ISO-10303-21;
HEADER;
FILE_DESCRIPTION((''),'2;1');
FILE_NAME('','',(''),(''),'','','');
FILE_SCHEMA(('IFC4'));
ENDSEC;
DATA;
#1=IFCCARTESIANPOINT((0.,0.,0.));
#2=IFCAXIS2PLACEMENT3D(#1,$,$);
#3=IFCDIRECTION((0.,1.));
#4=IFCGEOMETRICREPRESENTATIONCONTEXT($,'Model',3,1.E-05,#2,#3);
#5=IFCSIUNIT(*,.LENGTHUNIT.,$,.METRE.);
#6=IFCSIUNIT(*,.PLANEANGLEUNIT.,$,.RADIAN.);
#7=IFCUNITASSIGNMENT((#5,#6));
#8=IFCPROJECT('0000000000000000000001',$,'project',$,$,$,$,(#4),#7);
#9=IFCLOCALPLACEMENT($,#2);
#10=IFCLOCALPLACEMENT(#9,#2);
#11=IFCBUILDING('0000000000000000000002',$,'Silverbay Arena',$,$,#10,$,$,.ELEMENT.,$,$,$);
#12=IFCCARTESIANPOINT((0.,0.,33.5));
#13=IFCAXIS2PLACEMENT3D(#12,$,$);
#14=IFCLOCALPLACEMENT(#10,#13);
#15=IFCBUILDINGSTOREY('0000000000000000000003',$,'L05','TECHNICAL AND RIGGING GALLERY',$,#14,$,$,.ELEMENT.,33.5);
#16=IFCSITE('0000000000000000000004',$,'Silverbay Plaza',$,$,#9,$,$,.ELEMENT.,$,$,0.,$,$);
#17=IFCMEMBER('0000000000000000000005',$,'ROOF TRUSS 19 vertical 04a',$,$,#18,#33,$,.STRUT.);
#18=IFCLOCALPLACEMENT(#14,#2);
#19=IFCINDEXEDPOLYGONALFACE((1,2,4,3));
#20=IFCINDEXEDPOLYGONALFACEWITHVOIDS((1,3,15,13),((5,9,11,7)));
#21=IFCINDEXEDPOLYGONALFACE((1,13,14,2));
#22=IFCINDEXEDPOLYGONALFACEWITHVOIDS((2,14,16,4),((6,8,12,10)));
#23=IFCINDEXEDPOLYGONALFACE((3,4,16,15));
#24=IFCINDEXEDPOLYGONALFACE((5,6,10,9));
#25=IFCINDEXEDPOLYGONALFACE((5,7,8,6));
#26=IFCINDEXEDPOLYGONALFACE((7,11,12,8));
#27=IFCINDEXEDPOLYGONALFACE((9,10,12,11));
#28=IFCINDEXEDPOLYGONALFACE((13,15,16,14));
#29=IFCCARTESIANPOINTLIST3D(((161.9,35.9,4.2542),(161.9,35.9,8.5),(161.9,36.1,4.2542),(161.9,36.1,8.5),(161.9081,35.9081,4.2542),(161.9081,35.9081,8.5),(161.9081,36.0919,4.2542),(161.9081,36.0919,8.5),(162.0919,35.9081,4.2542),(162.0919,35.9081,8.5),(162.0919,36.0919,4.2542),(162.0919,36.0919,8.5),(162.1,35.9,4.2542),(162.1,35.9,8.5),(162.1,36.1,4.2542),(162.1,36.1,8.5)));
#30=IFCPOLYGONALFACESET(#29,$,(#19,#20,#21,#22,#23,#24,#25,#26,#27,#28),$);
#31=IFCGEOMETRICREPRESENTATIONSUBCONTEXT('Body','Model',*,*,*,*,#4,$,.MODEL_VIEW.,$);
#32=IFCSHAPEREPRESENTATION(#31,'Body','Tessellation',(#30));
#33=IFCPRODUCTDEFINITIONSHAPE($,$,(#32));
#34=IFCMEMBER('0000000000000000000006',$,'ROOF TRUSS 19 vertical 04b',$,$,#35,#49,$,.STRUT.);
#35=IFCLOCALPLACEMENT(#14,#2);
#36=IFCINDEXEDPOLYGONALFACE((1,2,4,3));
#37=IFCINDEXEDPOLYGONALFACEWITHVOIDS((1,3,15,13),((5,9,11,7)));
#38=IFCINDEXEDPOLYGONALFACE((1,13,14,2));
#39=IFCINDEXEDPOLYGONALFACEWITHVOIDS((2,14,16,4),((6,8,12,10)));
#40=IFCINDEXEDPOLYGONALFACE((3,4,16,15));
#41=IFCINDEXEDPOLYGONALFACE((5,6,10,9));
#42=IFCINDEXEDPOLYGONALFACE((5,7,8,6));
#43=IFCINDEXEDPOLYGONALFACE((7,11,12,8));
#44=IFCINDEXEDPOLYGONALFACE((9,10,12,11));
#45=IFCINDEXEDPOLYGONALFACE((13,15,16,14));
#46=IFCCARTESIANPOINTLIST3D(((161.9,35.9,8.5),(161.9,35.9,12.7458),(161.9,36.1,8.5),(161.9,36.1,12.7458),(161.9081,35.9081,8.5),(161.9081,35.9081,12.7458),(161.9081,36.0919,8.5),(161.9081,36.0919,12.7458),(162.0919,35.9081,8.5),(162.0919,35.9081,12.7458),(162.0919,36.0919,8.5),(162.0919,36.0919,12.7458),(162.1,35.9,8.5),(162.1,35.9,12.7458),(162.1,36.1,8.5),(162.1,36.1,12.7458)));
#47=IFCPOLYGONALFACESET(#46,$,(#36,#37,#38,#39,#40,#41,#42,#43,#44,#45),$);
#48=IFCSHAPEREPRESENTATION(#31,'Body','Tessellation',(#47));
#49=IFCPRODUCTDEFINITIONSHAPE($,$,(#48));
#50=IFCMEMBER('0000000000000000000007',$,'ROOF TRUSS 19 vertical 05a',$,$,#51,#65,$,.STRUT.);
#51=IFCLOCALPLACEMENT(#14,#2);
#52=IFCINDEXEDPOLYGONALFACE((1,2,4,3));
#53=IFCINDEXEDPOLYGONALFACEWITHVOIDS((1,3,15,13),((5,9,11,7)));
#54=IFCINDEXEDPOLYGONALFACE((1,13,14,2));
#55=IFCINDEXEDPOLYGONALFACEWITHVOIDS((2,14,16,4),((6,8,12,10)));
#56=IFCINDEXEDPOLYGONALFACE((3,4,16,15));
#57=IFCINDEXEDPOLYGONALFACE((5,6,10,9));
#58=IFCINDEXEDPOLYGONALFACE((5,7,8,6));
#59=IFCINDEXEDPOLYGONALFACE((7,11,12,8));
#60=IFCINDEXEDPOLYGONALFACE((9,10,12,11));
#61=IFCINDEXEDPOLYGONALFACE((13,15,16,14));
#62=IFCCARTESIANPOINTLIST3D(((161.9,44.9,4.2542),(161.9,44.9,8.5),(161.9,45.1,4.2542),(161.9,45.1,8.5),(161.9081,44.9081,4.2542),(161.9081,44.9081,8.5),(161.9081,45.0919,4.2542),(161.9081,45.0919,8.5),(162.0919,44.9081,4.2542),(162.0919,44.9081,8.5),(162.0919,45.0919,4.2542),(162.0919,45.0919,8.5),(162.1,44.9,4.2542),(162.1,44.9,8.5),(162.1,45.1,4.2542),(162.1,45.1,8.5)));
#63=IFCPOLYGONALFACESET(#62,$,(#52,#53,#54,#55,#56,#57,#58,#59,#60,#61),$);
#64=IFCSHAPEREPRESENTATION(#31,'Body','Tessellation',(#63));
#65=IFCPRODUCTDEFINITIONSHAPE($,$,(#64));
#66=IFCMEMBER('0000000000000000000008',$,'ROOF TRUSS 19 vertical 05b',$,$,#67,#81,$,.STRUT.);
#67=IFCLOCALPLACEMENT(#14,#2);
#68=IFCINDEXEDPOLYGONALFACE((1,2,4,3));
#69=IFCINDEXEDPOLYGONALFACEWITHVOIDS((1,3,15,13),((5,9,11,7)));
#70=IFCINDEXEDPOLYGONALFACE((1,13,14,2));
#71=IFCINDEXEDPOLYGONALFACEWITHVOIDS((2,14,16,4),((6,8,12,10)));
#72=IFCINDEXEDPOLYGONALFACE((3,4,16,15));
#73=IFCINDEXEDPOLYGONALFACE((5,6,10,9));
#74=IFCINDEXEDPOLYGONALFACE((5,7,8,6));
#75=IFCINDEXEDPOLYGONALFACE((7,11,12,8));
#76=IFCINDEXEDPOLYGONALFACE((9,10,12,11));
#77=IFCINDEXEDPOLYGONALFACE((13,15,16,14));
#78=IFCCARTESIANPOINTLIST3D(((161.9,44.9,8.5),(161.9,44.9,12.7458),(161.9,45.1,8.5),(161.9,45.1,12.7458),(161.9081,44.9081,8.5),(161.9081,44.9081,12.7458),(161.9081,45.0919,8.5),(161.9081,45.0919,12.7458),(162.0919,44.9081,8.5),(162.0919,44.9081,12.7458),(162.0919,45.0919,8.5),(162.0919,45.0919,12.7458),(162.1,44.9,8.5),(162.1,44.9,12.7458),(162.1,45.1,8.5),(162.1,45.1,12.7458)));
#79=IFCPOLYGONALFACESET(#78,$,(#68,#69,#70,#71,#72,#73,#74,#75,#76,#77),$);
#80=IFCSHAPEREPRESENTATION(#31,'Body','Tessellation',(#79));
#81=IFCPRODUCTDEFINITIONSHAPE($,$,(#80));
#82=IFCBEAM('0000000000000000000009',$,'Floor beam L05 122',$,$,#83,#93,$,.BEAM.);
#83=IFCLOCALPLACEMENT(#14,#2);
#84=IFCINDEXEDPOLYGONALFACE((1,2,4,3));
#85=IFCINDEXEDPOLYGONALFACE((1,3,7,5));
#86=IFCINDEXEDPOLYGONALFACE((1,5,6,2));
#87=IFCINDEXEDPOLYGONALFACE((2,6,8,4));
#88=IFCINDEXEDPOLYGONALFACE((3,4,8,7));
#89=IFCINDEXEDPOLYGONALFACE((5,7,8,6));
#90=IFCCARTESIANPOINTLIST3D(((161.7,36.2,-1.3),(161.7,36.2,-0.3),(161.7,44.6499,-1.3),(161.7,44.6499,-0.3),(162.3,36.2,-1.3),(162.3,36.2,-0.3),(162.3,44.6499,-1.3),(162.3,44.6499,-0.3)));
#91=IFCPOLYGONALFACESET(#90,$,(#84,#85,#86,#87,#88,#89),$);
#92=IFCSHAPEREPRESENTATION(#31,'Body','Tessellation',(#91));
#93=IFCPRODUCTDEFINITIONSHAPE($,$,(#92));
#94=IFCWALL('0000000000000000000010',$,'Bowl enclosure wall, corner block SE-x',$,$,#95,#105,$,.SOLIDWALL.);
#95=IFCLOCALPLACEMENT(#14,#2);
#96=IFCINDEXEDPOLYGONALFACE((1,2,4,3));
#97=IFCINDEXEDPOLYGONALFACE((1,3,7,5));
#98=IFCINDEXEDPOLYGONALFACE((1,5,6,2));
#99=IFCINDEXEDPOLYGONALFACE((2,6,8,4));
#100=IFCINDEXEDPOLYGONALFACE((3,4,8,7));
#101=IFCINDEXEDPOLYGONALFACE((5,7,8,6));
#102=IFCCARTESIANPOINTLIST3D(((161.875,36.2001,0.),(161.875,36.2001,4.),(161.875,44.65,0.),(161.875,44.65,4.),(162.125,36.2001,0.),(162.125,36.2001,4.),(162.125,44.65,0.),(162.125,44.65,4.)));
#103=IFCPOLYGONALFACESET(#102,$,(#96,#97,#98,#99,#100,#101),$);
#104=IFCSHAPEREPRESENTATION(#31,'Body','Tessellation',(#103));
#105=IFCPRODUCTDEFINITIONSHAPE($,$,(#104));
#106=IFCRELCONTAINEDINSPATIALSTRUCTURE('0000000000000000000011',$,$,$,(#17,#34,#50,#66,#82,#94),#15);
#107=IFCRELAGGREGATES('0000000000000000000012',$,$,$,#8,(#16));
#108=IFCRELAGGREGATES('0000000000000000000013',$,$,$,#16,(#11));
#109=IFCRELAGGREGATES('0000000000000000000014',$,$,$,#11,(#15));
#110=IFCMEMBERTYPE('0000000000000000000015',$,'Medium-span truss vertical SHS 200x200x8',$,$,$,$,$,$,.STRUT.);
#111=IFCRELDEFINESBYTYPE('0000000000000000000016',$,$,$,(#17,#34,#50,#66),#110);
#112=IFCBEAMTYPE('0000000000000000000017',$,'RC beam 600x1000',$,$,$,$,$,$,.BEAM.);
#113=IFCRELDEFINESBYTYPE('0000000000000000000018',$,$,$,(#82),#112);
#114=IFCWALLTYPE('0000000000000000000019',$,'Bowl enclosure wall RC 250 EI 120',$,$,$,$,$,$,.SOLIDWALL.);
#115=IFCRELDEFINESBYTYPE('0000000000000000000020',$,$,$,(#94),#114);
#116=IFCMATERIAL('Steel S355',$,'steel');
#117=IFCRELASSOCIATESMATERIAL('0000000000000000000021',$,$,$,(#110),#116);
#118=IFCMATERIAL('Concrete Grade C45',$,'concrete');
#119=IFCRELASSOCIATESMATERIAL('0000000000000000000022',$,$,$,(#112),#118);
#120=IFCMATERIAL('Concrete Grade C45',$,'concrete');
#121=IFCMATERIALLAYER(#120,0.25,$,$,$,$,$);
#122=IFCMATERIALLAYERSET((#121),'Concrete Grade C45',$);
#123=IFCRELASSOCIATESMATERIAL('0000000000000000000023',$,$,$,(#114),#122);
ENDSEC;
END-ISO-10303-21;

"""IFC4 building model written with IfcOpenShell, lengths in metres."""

from ifc_helpers import new_model, si_unit, direction, frame, frame_2d, origin, origin_2d, place, context, subcontext, project, spatial, rectangle, hollow_rectangle, extrude, material, layer, layer_set, material_profile, profile_set, type_object, element, save


model = new_model("IFC4")

# Units and contexts
model_context = context("Model", 3, precision=1e-05, world=origin(), true_north=direction((0.0, 1.0)))
body_context = subcontext(model_context, "Body", "Model", "MODEL_VIEW")
ifc_project = project(units=[si_unit("LENGTHUNIT", "METRE"), si_unit("PLANEANGLEUNIT", "RADIAN")], contexts=[model_context])

# Site, building, storey
site_placement = place(None, origin())
site = spatial("IfcSite", under=ifc_project, at=site_placement, Name="Silverbay Plaza", CompositionType="ELEMENT", RefElevation=0.0)
building_placement = place(site_placement, origin())
building = spatial("IfcBuilding", under=site, at=building_placement, Name="Silverbay Arena", CompositionType="ELEMENT")
storey_placement = place(building_placement, frame((0.0, 0.0, 33.5)))
storey = spatial("IfcBuildingStorey", under=building, at=storey_placement, Name="L05", Description="TECHNICAL AND RIGGING GALLERY", CompositionType="ELEMENT", Elevation=33.5)

# Members
ifc_material_1 = material(Name="Steel S355", Category="steel")
ifc_material_profile_1 = material_profile(ifc_material_1, hollow_rectangle(XDim=0.2, YDim=0.2, WallThickness=0.0081, at=origin_2d()), Name="SHS 200x200x8")
ifc_profile_set_1 = profile_set([ifc_material_profile_1], Name="Steel S355")
member_type_1 = type_object("IfcMemberType", Name="Medium-span truss vertical SHS 200x200x8", PredefinedType="STRUT", material=ifc_profile_set_1)
for number, where, z_axis, x_axis, name in (
    (1, (162.0, 36.0, 4.2542), (0.0, 0.0, 1.0), (1.0, 0.0, 0.0), "ROOF TRUSS 19 vertical 04a"),
    (2, (162.0, 36.0, 8.5), (0.0, 0.0, 1.0), (1.0, 0.0, 0.0), "ROOF TRUSS 19 vertical 04b"),
    (3, (162.0, 45.0, 4.2542), (0.0, 0.0, 1.0), (1.0, 0.0, 0.0), "ROOF TRUSS 19 vertical 05a"),
    (4, (162.0, 45.0, 8.5), (0.0, 0.0, 1.0), (1.0, 0.0, 0.0), "ROOF TRUSS 19 vertical 05b"),
):
    element("IfcMember", number, at=place(storey_placement, frame(where, z_axis=z_axis, x_axis=x_axis)), inside=storey, type_object=member_type_1, Name=name, PredefinedType="STRUT", context=body_context, shape_type="SweptSolid", body=[
        extrude(hollow_rectangle(XDim=0.2, YDim=0.2, WallThickness=0.0081, at=origin_2d()), origin(), (0.0, 0.0, 1.0), 4.2458),
    ])

# Beam
ifc_material_2 = material(Name="Concrete Grade C45", Category="concrete")
ifc_material_profile_2 = material_profile(ifc_material_2, rectangle(XDim=0.6001, YDim=1.0, at=origin_2d()), Name="RC 600x1000")
ifc_profile_set_2 = profile_set([ifc_material_profile_2], Name="Concrete Grade C45")
beam_type = type_object("IfcBeamType", Name="RC beam 600x1000", PredefinedType="BEAM", material=ifc_profile_set_2)
beam_placement = place(storey_placement, frame((162.0, 36.2, -0.8), z_axis=(0.0, 1.0, 0.0), x_axis=(-1.0, 0.0, 0.0)))
element("IfcBeam", 5, at=beam_placement, inside=storey, type_object=beam_type, Name="Floor beam L05 122", PredefinedType="BEAM", context=body_context, shape_type="SweptSolid", body=[
    extrude(rectangle(XDim=0.6001, YDim=1.0, at=origin_2d()), origin(), (0.0, 0.0, 1.0), 8.45),
])

# Wall
ifc_material_3 = material(Name="Concrete Grade C45", Category="concrete")
ifc_layer = layer(ifc_material_3, 0.25)
ifc_layer_set = layer_set([ifc_layer], Name="Concrete Grade C45")
wall_type = type_object("IfcWallType", Name="Bowl enclosure wall RC 250 EI 120", PredefinedType="SOLIDWALL", material=ifc_layer_set)
wall_placement = place(storey_placement, frame((162.0, 36.2, 0.0), z_axis=(0.0, 0.0, 1.0), x_axis=(0.0, 1.0, 0.0)))
element("IfcWall", 6, at=wall_placement, inside=storey, type_object=wall_type, Name="Bowl enclosure wall, corner block SE-x", PredefinedType="SOLIDWALL", context=body_context, shape_type="SweptSolid", body=[
    extrude(rectangle(XDim=8.45, YDim=0.25, at=frame_2d((4.2251, 0.0))), origin(), (0.0, 0.0, 1.0), 4.0),
])

save(model, "model.ifc")
